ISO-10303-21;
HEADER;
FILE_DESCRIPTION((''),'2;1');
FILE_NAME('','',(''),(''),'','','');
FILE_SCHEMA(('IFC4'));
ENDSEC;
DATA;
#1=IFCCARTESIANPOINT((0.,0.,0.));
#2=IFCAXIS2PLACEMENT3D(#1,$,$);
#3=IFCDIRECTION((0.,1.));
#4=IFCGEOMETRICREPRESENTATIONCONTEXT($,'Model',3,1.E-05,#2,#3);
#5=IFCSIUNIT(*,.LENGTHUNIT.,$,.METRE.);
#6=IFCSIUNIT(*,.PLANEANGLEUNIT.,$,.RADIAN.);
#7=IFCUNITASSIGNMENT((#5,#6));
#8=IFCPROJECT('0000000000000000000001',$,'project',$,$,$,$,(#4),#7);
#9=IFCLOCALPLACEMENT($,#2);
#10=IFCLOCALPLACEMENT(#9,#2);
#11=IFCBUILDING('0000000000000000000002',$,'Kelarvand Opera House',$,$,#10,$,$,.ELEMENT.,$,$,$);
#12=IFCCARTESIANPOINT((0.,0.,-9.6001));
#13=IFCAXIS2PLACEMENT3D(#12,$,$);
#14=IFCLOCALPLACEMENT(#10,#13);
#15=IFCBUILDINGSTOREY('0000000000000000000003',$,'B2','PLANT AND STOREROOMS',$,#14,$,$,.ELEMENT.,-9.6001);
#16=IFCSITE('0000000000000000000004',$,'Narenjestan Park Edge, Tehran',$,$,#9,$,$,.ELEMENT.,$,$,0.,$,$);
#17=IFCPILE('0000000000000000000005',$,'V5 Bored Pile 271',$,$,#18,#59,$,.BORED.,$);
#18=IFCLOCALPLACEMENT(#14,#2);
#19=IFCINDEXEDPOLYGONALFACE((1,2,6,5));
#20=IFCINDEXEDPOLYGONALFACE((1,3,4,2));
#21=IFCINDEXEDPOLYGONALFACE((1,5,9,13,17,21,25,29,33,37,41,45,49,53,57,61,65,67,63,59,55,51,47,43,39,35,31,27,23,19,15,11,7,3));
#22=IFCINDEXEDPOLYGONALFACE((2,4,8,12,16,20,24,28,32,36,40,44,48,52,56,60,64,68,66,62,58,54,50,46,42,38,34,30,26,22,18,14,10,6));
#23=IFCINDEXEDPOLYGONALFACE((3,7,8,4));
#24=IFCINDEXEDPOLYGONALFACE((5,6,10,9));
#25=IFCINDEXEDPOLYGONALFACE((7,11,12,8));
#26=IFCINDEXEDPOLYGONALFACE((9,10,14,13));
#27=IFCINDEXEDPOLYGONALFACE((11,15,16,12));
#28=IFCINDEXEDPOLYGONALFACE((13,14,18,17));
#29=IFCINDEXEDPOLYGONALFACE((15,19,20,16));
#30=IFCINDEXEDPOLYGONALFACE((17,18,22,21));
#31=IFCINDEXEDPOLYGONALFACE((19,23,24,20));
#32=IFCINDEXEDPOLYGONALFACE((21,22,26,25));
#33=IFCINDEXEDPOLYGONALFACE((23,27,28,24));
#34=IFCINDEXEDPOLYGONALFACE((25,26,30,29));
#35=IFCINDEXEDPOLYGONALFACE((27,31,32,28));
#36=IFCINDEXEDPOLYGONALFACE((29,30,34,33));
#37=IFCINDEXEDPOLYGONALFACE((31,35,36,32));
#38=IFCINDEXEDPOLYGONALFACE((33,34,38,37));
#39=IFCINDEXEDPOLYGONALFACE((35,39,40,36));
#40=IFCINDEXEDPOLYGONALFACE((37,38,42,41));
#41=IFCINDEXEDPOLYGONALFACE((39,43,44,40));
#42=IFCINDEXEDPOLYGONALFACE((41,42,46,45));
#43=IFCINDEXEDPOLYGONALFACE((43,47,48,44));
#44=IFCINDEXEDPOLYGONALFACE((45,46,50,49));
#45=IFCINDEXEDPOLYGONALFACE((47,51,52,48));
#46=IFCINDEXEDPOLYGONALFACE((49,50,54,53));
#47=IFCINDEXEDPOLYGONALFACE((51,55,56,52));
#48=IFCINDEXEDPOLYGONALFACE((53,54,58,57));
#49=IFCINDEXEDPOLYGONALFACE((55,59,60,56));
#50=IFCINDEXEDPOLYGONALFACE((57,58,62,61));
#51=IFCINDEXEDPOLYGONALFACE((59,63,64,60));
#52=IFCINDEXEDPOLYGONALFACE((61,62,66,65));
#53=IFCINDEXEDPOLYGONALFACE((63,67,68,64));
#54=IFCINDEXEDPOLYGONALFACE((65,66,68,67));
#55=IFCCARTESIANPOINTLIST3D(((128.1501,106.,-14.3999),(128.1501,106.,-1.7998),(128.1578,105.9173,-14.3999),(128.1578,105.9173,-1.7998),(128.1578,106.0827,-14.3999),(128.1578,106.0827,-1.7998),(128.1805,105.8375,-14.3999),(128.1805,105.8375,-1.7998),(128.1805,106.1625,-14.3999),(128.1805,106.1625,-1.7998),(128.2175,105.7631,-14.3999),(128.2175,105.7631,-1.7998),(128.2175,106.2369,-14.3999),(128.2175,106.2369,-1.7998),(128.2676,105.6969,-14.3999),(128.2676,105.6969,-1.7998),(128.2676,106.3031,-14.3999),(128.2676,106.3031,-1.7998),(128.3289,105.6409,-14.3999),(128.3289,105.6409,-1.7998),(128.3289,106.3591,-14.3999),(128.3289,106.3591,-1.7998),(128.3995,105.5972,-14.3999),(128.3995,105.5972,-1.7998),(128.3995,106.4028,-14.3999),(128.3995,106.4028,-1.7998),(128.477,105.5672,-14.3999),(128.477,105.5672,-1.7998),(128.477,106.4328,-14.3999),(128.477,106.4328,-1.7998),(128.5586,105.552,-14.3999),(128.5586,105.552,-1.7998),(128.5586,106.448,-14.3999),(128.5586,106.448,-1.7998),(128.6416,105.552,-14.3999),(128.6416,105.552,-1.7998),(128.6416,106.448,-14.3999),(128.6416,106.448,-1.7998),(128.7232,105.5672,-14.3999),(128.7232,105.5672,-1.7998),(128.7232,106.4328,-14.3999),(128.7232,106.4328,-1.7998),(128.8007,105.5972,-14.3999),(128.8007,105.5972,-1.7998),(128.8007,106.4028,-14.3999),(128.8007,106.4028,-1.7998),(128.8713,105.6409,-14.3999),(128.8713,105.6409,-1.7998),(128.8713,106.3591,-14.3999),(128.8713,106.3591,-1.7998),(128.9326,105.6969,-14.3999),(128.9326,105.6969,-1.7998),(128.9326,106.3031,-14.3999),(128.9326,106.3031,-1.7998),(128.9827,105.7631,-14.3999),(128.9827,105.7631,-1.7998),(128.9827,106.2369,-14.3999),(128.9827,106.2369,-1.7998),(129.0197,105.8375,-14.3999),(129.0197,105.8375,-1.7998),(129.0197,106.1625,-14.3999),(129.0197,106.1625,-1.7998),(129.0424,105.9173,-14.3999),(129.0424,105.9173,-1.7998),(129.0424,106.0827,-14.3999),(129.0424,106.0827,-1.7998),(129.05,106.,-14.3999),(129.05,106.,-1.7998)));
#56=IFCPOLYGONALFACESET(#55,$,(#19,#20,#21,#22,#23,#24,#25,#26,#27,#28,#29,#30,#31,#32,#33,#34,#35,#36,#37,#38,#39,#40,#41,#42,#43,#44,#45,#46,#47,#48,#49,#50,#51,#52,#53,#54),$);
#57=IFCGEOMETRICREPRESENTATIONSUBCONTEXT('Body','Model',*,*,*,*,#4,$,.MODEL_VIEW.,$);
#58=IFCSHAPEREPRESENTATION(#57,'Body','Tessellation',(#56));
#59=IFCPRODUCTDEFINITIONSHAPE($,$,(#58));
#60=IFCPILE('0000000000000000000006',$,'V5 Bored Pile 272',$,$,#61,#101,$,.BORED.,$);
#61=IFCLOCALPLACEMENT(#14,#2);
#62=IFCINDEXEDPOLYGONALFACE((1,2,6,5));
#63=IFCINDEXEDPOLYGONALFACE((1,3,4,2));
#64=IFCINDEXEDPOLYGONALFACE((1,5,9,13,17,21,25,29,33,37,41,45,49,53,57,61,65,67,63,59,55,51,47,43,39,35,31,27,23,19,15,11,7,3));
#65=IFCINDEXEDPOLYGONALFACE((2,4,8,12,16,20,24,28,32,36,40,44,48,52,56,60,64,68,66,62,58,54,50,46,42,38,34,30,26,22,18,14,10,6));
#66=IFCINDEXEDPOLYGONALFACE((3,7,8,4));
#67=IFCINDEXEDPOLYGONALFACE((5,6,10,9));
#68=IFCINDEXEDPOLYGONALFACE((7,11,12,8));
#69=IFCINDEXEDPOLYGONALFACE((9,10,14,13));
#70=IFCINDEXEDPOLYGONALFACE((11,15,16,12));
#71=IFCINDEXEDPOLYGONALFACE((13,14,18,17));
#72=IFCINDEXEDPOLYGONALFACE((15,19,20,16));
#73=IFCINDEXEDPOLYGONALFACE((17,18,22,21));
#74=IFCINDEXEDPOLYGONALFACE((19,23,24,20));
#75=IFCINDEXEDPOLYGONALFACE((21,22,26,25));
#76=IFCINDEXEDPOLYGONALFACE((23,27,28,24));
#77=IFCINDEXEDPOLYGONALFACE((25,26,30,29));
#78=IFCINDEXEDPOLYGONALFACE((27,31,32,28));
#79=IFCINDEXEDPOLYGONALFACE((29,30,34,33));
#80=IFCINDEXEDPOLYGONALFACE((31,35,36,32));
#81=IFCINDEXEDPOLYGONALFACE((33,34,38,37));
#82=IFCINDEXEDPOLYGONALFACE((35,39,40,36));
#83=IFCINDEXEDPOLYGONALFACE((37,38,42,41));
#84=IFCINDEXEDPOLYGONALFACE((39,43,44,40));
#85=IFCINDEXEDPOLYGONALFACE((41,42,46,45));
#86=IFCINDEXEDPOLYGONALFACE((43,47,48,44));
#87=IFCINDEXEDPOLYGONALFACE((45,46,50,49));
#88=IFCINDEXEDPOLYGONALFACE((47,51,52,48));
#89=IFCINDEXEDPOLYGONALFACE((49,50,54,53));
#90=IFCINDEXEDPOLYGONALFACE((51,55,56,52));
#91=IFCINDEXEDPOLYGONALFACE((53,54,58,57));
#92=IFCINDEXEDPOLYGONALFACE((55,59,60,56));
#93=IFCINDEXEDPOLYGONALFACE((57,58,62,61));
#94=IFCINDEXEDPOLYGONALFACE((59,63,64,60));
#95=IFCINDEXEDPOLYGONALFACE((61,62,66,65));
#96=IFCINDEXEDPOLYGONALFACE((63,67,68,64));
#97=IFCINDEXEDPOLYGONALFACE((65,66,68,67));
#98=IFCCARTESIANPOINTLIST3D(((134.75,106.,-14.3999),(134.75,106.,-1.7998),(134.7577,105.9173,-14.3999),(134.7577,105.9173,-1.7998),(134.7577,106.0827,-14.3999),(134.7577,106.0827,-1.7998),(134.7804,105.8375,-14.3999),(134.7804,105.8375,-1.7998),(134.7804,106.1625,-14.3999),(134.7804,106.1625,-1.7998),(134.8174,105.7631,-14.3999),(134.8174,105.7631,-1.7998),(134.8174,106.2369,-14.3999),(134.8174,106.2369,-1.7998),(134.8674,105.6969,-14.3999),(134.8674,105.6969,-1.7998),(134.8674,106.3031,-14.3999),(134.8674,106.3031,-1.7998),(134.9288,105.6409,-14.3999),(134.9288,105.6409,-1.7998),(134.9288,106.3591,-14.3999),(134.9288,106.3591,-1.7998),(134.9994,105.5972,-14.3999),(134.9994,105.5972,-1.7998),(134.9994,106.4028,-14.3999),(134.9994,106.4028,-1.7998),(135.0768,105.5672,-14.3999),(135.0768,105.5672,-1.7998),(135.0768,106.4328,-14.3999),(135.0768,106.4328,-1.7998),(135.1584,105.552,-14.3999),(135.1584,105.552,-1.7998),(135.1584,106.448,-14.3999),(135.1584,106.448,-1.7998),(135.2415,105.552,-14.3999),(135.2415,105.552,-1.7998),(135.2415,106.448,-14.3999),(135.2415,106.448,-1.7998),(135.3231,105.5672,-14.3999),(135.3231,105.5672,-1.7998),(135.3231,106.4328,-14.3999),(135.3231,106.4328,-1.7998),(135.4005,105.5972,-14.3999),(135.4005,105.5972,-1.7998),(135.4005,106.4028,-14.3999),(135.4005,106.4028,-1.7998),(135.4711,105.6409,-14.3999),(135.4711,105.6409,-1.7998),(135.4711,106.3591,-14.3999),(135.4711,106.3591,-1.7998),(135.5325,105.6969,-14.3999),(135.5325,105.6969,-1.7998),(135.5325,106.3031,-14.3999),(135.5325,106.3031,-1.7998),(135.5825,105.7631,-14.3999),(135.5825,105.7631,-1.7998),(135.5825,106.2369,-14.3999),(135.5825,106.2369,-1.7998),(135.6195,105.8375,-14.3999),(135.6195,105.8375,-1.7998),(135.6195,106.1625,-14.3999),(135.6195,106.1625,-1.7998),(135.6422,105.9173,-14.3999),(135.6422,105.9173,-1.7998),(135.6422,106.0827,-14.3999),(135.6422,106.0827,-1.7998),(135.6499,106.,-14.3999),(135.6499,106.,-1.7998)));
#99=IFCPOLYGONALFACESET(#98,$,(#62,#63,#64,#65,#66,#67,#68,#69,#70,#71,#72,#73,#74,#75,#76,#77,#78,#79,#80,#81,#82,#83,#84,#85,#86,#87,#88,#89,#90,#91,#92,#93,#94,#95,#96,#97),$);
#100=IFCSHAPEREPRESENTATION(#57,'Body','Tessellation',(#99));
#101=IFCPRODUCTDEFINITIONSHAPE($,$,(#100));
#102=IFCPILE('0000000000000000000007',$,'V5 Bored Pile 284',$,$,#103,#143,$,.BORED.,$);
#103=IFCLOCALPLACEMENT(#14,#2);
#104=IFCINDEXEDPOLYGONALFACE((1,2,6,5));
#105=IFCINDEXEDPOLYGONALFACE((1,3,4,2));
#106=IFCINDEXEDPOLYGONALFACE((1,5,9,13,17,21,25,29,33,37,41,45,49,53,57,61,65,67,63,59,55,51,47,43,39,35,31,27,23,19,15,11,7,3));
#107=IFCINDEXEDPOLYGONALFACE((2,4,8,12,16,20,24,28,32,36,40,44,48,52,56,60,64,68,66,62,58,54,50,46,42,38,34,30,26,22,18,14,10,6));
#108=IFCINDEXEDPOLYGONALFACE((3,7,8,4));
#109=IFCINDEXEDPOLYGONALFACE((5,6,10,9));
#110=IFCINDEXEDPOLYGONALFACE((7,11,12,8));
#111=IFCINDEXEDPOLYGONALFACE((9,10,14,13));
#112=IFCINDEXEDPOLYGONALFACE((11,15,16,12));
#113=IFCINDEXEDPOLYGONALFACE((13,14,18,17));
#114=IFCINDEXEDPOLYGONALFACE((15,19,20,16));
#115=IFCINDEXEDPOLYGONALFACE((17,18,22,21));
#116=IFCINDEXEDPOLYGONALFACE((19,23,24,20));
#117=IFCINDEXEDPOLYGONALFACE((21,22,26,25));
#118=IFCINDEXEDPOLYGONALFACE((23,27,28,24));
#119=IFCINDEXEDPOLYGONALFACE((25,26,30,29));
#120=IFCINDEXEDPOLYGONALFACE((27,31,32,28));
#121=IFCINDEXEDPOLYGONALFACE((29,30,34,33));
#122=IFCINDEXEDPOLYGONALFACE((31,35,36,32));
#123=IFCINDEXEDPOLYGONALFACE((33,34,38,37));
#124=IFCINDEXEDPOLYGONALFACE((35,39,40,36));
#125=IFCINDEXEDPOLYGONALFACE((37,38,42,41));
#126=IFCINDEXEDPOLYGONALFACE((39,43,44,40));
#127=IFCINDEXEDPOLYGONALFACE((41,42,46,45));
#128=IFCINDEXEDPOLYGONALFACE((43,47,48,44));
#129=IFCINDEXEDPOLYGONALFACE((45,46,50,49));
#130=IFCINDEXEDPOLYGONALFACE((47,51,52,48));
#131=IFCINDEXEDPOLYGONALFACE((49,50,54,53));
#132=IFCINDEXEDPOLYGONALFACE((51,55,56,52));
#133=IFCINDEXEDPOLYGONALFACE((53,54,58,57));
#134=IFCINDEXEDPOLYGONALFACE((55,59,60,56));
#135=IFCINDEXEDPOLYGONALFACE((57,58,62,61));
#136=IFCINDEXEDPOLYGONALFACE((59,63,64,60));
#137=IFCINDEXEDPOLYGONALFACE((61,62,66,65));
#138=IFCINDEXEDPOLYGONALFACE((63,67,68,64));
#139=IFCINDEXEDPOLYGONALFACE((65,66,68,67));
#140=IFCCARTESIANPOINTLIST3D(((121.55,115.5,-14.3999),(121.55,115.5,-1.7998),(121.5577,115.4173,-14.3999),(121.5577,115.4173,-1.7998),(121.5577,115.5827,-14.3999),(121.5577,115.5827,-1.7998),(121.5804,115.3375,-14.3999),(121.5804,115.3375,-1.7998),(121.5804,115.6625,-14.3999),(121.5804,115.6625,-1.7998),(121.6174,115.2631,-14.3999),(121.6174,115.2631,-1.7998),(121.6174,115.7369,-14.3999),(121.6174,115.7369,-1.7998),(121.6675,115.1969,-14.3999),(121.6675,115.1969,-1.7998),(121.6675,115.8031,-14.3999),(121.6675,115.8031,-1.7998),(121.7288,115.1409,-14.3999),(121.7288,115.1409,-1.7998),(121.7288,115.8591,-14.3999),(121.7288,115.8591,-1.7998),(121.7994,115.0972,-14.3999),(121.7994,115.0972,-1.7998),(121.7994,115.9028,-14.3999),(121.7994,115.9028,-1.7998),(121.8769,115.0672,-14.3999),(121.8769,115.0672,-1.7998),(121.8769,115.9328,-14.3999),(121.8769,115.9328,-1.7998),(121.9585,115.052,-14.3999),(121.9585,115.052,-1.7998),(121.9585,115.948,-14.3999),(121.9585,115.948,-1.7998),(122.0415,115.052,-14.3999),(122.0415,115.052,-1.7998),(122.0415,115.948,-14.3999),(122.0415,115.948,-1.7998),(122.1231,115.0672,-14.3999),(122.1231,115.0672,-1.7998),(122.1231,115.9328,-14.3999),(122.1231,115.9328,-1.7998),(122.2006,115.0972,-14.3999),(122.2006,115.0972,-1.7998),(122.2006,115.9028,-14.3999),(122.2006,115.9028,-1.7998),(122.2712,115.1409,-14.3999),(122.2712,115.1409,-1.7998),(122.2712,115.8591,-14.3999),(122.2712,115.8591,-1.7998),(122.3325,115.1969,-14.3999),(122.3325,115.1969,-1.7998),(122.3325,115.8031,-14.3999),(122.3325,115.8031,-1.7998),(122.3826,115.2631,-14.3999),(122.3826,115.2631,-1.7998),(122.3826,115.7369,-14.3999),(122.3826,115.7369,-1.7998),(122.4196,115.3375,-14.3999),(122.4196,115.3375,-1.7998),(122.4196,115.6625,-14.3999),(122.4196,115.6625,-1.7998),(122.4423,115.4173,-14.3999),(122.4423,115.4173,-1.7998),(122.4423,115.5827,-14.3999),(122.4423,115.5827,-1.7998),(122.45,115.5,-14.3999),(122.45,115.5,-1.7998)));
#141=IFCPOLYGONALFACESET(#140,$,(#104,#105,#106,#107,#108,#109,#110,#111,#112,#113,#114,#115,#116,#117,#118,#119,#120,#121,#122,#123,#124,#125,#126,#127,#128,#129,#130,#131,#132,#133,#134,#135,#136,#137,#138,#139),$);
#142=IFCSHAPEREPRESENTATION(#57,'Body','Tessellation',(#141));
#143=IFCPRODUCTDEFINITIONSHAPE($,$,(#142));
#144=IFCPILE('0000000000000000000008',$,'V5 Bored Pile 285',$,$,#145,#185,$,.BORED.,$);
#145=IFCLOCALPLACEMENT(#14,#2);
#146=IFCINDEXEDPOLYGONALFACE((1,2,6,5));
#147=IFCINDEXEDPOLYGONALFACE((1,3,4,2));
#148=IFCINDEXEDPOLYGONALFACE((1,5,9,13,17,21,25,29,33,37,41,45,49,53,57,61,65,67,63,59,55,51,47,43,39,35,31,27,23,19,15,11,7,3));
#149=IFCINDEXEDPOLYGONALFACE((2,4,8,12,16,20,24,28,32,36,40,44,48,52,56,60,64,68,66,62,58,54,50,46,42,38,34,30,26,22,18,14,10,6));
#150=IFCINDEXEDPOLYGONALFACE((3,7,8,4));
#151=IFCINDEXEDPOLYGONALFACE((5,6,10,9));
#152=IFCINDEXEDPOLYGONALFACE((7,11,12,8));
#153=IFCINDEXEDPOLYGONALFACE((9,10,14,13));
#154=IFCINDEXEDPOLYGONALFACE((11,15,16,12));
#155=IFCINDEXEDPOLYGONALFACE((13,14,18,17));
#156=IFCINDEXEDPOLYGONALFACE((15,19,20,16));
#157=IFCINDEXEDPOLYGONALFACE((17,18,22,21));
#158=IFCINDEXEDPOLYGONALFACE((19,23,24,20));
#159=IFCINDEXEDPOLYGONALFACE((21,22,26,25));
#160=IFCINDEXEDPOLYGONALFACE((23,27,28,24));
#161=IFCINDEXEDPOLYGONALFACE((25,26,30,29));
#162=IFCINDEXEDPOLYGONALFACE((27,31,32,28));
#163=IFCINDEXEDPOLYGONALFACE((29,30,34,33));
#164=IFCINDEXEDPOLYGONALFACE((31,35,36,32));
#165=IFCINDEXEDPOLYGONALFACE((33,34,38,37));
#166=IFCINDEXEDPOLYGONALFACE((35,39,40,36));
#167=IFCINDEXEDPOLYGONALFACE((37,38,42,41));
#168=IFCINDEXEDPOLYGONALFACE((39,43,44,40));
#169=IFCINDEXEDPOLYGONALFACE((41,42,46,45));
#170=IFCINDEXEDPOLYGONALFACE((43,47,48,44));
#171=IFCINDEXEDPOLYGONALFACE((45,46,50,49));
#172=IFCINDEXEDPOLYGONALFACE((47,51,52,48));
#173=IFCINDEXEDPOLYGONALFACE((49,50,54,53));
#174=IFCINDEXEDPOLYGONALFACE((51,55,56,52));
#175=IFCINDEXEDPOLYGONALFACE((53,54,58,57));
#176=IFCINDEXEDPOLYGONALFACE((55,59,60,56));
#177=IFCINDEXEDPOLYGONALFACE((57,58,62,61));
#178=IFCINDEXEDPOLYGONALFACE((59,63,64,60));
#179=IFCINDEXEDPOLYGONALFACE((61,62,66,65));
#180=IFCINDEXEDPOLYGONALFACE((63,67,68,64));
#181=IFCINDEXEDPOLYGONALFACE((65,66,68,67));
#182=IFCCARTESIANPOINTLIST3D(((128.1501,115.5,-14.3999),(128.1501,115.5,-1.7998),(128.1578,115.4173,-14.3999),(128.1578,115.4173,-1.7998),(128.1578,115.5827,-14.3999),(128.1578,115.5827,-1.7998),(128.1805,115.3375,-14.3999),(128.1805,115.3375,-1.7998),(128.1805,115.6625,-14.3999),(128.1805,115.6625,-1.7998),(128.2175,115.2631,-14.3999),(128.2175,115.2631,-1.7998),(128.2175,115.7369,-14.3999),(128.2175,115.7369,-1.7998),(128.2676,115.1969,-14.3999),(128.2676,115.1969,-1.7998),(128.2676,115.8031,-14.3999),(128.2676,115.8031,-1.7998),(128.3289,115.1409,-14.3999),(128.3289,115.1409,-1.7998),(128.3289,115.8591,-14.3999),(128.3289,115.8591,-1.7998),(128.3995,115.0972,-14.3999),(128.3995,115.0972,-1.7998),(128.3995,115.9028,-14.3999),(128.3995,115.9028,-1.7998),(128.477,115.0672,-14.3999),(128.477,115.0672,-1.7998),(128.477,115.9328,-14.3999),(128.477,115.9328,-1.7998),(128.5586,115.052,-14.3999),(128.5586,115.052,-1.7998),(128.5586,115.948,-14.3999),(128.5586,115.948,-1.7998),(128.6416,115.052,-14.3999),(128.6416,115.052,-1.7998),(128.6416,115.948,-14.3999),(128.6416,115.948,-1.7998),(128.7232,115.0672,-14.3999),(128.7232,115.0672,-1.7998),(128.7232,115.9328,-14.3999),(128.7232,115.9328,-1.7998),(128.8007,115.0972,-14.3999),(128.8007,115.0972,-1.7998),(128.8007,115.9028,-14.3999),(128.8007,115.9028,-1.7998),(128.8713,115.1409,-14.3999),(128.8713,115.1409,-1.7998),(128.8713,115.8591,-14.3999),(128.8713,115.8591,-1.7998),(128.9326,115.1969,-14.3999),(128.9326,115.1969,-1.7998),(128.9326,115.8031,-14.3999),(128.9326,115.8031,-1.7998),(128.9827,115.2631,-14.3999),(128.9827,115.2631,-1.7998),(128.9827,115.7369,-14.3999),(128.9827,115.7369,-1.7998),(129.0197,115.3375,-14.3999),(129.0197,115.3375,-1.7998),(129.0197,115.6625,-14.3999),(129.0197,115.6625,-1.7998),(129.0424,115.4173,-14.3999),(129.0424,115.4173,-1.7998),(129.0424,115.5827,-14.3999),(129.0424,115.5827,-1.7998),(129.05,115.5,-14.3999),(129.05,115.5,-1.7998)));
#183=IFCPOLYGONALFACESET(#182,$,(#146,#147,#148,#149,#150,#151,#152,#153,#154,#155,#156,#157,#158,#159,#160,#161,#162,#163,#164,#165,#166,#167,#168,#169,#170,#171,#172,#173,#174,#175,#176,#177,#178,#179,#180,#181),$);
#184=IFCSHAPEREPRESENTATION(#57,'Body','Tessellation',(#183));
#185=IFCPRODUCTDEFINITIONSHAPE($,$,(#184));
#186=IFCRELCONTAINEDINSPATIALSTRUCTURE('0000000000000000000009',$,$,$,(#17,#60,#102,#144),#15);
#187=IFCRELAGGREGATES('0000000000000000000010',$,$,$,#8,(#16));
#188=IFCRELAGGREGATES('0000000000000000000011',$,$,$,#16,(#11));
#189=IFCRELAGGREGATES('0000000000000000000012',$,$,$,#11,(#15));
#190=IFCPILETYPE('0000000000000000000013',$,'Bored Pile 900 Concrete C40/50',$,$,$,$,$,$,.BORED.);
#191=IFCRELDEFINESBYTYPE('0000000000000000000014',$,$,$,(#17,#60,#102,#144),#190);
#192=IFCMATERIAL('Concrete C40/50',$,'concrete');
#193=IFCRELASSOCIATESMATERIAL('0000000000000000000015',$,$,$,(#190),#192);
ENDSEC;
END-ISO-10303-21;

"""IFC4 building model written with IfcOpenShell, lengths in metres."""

from ifc_helpers import new_model, si_unit, direction, frame, origin, origin_2d, place, context, subcontext, project, spatial, circle, extrude, material, material_profile, profile_set, type_object, element, save


model = new_model("IFC4")

# Units and contexts
model_context = context("Model", 3, precision=1e-05, world=origin(), true_north=direction((0.0, 1.0)))
body_context = subcontext(model_context, "Body", "Model", "MODEL_VIEW")
ifc_project = project(units=[si_unit("LENGTHUNIT", "METRE"), si_unit("PLANEANGLEUNIT", "RADIAN")], contexts=[model_context])

# Site, building, storey
site_placement = place(None, origin())
site = spatial("IfcSite", under=ifc_project, at=site_placement, Name="Narenjestan Park Edge, Tehran", CompositionType="ELEMENT", RefElevation=0.0)
building_placement = place(site_placement, origin())
building = spatial("IfcBuilding", under=site, at=building_placement, Name="Kelarvand Opera House", CompositionType="ELEMENT")
storey_placement = place(building_placement, frame((0.0, 0.0, -9.6001)))
storey = spatial("IfcBuildingStorey", under=building, at=storey_placement, Name="B2", Description="PLANT AND STOREROOMS", CompositionType="ELEMENT", Elevation=-9.6001)

# Piles
ifc_material_1 = material(Name="Concrete C40/50", Category="concrete")
ifc_material_profile_1 = material_profile(ifc_material_1, circle(Radius=0.45, at=origin_2d()), Name="BP 900", Category="concrete")
ifc_profile_set_1 = profile_set([ifc_material_profile_1], Name="Concrete C40/50")
pile_type = type_object("IfcPileType", Name="Bored Pile 900 Concrete C40/50", PredefinedType="BORED", material=ifc_profile_set_1)
for number, where, z_axis, x_axis, name in (
    (1, (128.6001, 106.0, -1.7998), (0.0, 0.0, -1.0), (1.0, 0.0, 0.0), "V5 Bored Pile 271"),
    (2, (135.2, 106.0, -1.7998), (0.0, 0.0, -1.0), (1.0, 0.0, 0.0), "V5 Bored Pile 272"),
    (3, (122.0, 115.5, -1.7998), (0.0, 0.0, -1.0), (1.0, 0.0, 0.0), "V5 Bored Pile 284"),
    (4, (128.6001, 115.5, -1.7998), (0.0, 0.0, -1.0), (1.0, 0.0, 0.0), "V5 Bored Pile 285"),
):
    element("IfcPile", number, at=place(storey_placement, frame(where, z_axis=z_axis, x_axis=x_axis)), inside=storey, type_object=pile_type, Name=name, PredefinedType="BORED", context=body_context, shape_type="SweptSolid", body=[
        extrude(circle(Radius=0.45, at=origin_2d()), origin(), (0.0, 0.0, 1.0), 12.6001),
    ])

save(model, "model.ifc")
